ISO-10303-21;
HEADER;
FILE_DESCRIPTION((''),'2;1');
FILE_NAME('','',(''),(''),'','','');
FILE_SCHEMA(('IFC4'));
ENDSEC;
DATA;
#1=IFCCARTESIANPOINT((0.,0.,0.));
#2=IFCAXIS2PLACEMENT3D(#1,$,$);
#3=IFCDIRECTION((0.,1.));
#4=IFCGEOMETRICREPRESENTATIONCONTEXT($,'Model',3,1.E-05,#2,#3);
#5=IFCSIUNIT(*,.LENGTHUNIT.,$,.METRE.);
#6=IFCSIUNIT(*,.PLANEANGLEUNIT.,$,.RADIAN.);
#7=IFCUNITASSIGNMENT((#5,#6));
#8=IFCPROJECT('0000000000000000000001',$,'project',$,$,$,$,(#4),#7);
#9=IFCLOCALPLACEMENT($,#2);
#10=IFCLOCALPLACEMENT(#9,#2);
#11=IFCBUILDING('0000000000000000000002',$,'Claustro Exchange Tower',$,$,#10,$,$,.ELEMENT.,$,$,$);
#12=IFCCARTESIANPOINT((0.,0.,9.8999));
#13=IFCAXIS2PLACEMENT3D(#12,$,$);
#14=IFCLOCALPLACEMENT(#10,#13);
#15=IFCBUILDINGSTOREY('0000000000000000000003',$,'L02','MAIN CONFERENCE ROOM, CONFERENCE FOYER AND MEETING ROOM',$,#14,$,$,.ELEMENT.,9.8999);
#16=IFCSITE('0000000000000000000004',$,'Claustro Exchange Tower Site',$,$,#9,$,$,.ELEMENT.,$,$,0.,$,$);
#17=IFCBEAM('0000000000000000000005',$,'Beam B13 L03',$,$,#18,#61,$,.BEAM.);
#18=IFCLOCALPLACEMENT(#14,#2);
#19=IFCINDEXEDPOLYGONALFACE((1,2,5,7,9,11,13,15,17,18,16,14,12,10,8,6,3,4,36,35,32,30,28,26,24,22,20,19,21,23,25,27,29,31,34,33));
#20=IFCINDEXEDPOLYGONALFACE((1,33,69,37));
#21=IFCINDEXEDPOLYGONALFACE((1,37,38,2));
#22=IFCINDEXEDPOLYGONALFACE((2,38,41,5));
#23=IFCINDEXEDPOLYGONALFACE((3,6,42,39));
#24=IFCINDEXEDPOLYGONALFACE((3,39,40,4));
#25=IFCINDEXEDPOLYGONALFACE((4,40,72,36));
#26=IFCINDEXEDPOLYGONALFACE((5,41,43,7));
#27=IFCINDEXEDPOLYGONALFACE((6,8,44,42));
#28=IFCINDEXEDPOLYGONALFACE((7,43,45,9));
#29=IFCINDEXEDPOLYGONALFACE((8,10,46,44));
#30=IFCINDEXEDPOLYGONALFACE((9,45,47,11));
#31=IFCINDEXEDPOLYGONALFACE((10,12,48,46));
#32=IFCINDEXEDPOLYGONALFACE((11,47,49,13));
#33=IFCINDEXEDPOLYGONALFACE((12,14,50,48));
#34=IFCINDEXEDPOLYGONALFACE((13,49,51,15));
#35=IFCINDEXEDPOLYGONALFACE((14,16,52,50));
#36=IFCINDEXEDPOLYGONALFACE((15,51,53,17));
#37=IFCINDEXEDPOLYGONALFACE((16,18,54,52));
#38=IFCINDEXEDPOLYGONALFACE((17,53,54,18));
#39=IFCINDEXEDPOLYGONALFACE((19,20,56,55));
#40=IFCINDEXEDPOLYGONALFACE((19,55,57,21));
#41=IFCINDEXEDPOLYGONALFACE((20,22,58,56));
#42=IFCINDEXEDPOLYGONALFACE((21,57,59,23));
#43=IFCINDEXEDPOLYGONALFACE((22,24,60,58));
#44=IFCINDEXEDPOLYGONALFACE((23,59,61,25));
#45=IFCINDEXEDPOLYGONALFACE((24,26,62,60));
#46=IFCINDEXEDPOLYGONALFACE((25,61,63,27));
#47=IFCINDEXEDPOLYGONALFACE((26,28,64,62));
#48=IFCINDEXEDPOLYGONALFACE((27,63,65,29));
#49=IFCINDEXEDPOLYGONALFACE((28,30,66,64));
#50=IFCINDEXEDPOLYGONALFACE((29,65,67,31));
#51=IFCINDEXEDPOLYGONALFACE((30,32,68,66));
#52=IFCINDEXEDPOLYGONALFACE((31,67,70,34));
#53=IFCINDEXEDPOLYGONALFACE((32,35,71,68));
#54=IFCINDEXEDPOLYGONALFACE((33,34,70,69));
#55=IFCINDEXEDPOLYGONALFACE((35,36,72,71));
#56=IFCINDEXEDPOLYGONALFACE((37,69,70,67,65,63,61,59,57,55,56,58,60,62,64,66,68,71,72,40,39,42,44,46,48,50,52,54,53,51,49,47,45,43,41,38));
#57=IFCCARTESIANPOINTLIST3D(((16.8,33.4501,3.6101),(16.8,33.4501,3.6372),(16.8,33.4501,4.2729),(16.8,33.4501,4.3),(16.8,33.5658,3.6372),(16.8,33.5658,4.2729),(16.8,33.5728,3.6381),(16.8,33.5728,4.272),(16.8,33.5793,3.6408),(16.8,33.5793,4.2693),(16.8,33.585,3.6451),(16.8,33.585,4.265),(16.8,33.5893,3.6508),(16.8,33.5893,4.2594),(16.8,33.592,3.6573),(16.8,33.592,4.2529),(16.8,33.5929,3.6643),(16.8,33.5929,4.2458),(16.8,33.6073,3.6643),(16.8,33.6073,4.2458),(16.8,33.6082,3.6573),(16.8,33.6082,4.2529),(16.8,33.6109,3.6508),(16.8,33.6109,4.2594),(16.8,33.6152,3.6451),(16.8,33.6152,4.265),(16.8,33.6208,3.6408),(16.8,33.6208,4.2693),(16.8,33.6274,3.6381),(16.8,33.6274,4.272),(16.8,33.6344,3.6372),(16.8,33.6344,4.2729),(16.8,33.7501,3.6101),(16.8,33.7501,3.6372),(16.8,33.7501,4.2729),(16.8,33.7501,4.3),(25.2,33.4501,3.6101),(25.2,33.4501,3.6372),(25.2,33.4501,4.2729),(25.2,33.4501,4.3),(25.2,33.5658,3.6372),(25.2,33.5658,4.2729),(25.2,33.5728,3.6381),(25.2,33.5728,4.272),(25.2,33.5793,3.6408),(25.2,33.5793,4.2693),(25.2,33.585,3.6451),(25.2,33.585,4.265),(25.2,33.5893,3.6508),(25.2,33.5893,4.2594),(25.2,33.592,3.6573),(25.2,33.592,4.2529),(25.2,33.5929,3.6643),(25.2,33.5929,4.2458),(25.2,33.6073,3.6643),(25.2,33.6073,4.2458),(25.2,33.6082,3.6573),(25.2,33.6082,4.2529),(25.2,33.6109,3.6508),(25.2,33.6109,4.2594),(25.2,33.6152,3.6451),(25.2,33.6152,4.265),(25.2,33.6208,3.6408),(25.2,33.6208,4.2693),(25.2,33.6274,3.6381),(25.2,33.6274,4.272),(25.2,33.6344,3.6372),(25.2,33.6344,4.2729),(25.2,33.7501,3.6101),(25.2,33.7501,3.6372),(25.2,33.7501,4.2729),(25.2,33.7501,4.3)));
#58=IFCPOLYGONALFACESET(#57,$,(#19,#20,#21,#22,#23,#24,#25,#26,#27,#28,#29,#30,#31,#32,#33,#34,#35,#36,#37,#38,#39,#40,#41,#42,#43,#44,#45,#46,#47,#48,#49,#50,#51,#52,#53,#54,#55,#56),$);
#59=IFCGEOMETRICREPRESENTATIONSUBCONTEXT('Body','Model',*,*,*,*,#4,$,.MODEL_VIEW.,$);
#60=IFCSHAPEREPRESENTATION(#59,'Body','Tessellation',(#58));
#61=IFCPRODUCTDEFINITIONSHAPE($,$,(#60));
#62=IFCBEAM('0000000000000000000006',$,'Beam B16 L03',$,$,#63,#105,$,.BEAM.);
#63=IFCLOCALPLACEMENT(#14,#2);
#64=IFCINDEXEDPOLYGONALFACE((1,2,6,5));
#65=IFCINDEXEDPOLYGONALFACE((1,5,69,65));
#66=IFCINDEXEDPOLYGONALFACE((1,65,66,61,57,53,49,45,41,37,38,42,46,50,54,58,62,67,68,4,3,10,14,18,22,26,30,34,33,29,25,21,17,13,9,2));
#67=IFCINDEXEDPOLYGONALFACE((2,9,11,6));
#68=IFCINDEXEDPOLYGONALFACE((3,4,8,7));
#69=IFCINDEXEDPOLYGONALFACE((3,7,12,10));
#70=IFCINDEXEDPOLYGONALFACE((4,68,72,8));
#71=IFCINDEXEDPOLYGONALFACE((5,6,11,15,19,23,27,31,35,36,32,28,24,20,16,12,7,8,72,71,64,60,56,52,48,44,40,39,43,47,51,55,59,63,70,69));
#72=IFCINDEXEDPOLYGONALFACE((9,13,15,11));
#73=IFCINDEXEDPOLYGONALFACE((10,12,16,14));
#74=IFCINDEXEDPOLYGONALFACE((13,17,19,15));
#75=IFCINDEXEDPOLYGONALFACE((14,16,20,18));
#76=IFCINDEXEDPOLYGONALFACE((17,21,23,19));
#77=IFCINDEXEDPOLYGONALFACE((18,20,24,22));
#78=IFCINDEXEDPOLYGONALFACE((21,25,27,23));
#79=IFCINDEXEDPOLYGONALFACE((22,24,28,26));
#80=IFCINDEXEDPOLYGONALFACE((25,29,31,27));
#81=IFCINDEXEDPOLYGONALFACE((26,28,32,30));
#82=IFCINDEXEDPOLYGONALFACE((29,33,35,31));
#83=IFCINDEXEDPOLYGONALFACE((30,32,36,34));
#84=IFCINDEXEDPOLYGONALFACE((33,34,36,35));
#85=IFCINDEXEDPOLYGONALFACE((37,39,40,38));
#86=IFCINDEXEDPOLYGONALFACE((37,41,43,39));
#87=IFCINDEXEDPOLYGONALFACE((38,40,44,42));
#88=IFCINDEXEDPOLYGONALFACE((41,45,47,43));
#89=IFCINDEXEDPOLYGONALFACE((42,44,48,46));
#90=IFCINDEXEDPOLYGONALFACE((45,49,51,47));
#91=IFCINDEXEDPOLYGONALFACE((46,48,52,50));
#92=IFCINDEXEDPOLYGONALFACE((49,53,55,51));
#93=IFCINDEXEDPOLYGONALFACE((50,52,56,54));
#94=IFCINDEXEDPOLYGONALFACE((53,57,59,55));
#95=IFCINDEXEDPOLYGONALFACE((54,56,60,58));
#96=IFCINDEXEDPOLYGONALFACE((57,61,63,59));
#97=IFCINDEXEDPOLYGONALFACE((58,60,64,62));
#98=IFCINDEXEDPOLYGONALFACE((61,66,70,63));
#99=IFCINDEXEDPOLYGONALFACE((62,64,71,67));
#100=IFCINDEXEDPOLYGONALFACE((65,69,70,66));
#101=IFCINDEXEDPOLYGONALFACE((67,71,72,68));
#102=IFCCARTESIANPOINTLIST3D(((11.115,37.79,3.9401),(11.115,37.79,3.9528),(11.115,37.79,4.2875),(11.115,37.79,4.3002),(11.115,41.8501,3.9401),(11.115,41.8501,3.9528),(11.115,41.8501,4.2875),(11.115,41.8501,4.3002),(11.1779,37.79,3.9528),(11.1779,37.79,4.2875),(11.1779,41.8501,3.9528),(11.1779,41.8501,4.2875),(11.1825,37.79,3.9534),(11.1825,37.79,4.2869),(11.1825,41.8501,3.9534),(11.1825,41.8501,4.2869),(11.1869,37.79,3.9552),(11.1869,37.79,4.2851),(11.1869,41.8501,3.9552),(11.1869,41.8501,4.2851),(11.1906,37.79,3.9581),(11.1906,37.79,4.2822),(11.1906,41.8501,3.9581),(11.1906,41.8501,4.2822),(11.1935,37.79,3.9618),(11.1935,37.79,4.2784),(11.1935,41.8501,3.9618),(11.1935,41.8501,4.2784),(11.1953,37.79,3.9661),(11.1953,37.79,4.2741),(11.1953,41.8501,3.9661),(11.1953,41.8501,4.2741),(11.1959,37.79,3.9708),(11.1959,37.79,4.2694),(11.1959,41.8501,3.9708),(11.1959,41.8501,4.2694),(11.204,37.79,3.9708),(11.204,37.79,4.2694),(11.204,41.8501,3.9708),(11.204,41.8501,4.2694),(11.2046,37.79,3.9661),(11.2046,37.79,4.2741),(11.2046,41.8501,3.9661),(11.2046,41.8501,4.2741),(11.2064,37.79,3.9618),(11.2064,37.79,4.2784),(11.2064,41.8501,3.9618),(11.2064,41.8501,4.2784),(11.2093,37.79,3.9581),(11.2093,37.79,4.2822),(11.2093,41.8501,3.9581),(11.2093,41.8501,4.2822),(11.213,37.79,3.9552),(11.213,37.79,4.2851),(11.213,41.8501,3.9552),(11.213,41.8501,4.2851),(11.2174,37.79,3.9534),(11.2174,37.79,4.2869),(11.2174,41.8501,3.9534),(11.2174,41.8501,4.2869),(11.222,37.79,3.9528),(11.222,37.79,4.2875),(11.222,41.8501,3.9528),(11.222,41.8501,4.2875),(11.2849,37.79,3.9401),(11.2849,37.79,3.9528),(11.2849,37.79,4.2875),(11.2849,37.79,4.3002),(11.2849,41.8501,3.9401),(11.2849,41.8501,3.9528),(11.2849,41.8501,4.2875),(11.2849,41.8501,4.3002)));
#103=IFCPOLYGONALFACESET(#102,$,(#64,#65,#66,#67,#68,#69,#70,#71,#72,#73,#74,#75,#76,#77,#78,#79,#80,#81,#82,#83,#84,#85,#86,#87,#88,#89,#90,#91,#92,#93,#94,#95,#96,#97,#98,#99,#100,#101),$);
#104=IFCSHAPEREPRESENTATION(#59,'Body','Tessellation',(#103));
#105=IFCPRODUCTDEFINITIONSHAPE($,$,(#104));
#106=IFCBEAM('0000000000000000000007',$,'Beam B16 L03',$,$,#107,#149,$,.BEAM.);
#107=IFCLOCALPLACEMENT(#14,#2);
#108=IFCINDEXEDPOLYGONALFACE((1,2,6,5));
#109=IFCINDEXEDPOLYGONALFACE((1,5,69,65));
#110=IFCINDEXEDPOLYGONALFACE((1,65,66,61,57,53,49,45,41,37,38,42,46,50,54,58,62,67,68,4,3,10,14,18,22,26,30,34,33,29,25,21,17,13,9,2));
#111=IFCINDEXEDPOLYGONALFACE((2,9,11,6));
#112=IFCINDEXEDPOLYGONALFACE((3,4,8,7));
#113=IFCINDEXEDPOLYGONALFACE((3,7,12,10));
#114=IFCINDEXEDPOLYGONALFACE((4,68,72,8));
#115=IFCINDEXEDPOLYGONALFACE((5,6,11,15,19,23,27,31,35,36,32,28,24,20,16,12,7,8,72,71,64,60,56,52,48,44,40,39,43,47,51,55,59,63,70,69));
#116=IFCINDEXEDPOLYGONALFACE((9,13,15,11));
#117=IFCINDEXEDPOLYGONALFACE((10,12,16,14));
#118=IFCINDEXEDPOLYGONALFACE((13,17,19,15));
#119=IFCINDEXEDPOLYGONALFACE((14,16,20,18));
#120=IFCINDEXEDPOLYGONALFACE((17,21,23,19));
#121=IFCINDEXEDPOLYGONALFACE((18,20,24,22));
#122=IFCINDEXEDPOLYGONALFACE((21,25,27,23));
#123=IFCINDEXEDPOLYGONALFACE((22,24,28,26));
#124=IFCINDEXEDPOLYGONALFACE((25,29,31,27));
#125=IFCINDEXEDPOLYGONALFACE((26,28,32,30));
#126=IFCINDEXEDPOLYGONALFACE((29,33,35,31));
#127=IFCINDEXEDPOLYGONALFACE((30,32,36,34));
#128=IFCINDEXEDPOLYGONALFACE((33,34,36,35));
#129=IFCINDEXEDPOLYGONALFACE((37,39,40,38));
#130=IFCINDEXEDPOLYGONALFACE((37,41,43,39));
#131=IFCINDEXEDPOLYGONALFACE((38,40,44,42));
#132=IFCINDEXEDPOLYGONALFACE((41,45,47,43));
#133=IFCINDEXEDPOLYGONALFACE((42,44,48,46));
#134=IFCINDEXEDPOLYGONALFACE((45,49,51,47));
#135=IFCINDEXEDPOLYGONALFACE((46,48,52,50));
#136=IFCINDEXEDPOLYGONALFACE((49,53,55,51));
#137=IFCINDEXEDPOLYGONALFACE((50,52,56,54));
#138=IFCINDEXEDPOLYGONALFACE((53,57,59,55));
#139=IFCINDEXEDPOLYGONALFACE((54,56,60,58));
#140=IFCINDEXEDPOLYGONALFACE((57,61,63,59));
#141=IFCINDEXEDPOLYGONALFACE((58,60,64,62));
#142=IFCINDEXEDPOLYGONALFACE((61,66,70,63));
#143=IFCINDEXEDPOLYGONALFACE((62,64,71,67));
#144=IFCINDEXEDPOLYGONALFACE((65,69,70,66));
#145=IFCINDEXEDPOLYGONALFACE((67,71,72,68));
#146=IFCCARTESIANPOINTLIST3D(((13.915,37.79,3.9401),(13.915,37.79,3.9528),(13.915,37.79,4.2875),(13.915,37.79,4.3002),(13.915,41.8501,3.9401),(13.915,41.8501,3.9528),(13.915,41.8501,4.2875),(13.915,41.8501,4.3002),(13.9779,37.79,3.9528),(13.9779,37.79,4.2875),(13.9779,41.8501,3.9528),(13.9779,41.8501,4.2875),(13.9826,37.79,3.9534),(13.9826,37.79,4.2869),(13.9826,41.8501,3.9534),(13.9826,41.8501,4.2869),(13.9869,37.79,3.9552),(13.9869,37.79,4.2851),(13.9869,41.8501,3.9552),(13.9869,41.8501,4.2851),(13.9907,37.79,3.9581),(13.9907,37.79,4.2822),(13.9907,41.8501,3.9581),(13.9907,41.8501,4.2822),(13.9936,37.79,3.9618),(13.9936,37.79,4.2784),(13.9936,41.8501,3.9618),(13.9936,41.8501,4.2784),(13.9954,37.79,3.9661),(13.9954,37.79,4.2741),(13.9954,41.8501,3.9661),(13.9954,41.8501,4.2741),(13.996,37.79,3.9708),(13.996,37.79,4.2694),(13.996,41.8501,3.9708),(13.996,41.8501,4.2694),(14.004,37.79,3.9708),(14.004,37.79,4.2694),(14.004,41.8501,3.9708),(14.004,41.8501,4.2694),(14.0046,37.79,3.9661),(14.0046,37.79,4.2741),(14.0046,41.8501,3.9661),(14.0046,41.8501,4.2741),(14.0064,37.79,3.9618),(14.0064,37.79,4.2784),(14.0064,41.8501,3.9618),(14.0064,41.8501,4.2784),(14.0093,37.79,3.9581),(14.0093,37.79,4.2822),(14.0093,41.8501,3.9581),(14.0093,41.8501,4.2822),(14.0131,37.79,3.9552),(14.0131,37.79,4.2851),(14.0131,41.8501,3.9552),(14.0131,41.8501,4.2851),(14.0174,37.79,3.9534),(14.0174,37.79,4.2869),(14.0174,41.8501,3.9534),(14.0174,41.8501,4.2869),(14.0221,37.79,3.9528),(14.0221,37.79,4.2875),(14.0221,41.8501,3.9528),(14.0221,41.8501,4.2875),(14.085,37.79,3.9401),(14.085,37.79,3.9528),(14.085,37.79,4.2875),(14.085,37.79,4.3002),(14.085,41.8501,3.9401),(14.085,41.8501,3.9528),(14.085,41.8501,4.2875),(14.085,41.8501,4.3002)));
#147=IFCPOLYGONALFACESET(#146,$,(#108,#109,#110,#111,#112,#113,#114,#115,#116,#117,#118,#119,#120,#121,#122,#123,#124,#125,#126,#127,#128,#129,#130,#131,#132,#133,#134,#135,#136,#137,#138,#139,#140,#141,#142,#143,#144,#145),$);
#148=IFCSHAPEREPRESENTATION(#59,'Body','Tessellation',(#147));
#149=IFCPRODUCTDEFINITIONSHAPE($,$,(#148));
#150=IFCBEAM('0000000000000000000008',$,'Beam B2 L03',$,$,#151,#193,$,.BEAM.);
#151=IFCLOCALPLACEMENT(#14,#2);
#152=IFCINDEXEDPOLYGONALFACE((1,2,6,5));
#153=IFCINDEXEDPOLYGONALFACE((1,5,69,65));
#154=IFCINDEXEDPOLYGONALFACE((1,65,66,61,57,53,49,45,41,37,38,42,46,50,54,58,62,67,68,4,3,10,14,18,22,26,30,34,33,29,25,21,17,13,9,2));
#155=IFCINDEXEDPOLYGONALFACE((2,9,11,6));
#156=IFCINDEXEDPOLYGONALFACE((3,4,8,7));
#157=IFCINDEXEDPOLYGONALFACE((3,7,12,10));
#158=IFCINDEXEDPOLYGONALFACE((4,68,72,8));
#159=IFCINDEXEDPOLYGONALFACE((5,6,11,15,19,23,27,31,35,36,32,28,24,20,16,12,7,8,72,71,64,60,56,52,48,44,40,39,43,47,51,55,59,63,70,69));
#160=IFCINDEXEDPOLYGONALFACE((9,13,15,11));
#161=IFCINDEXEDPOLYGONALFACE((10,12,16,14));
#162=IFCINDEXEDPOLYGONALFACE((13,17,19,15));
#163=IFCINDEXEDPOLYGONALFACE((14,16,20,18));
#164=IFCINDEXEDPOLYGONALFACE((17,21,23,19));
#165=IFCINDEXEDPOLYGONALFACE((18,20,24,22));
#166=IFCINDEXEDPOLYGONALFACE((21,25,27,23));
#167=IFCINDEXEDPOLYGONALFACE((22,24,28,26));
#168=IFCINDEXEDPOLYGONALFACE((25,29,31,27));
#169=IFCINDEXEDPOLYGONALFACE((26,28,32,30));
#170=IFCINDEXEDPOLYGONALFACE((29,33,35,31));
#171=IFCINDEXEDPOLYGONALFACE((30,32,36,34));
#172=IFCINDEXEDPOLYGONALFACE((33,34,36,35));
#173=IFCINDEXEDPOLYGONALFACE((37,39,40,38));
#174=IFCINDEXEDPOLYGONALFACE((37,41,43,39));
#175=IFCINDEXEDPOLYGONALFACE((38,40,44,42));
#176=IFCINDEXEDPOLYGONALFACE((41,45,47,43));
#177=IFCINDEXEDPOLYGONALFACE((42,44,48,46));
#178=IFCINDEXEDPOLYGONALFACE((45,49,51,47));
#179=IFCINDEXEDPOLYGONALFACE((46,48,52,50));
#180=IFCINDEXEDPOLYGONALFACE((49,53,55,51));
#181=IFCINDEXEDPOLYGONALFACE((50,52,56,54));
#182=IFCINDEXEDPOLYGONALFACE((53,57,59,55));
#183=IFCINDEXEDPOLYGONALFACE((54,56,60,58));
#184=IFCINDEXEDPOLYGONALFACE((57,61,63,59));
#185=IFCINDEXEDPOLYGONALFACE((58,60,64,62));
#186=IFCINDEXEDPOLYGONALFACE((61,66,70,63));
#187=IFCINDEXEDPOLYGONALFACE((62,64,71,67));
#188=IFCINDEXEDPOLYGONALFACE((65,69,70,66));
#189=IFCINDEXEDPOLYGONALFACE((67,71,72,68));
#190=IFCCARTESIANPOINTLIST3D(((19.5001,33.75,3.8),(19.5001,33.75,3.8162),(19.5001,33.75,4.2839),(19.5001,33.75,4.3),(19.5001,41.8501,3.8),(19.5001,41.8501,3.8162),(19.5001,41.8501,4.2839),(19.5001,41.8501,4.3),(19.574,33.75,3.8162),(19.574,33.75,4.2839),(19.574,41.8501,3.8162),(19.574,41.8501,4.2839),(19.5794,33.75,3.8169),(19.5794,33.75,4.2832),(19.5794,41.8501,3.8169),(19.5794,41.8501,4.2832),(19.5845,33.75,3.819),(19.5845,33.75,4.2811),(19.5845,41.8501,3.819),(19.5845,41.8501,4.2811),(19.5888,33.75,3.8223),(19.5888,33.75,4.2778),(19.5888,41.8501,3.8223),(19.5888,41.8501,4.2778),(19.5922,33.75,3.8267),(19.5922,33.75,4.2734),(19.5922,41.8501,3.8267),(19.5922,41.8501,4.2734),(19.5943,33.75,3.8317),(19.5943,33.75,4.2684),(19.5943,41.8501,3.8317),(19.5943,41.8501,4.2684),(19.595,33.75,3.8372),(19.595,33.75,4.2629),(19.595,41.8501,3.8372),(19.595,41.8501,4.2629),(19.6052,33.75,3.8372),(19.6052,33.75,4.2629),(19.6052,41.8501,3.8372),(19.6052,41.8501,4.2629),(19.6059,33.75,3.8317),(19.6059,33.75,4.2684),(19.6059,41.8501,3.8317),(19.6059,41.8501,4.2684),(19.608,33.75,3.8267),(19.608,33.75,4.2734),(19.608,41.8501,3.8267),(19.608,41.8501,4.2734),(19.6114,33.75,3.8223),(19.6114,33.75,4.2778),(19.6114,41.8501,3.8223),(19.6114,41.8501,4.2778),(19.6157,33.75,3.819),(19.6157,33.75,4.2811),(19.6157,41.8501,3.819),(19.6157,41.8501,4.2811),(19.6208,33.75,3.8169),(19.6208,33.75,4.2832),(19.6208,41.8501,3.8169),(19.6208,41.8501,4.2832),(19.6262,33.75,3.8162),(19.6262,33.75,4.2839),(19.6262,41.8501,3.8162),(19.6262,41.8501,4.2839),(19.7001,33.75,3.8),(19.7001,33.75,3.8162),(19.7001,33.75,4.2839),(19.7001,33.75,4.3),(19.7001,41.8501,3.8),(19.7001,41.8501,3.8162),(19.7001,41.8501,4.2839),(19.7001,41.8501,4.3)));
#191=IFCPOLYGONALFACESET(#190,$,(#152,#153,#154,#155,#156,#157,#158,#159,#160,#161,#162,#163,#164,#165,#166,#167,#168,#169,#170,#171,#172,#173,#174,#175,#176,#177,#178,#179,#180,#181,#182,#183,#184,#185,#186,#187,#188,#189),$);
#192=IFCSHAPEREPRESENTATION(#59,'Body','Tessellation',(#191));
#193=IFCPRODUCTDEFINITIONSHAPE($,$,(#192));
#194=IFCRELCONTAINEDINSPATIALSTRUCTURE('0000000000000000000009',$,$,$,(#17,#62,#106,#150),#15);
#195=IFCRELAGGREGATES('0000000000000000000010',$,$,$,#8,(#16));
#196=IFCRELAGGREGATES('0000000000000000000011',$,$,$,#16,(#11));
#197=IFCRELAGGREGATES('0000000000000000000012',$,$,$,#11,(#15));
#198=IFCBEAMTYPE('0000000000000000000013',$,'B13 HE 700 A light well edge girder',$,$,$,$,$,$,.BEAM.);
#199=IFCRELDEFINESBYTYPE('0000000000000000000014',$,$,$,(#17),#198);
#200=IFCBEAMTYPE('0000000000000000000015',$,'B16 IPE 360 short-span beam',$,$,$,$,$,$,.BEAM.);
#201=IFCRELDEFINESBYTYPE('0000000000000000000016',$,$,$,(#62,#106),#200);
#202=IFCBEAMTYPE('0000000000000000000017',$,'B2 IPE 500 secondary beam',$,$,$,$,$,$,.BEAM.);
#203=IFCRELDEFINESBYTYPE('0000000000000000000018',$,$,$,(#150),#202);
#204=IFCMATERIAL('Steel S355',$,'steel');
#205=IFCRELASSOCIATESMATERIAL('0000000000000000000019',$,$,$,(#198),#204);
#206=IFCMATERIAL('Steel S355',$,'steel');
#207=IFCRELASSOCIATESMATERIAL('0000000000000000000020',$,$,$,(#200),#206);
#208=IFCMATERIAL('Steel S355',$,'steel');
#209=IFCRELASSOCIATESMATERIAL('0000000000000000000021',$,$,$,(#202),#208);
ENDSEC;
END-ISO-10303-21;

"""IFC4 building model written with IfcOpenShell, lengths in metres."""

from ifc_helpers import new_model, si_unit, direction, frame, origin, origin_2d, place, context, subcontext, project, spatial, i_section, extrude, material, material_profile, profile_set, type_object, element, save


model = new_model("IFC4")

# Units and contexts
model_context = context("Model", 3, precision=1e-05, world=origin(), true_north=direction((0.0, 1.0)))
body_context = subcontext(model_context, "Body", "Model", "MODEL_VIEW")
ifc_project = project(units=[si_unit("LENGTHUNIT", "METRE"), si_unit("PLANEANGLEUNIT", "RADIAN")], contexts=[model_context])

# Site, building, storey
site_placement = place(None, origin())
site = spatial("IfcSite", under=ifc_project, at=site_placement, Name="Claustro Exchange Tower Site", CompositionType="ELEMENT", RefElevation=0.0)
building_placement = place(site_placement, origin())
building = spatial("IfcBuilding", under=site, at=building_placement, Name="Claustro Exchange Tower", CompositionType="ELEMENT")
storey_placement = place(building_placement, frame((0.0, 0.0, 9.8999)))
storey = spatial("IfcBuildingStorey", under=building, at=storey_placement, Name="L02", Description="MAIN CONFERENCE ROOM, CONFERENCE FOYER AND MEETING ROOM", CompositionType="ELEMENT", Elevation=9.8999)

# Beams
ifc_material_1 = material(Name="Steel S355", Category="steel")
ifc_material_profile_1 = material_profile(ifc_material_1, i_section(OverallWidth=0.3, OverallDepth=0.6899, WebThickness=0.0144, FlangeThickness=0.0271, FilletRadius=0.0271, at=origin_2d()), Name="HE 700 A")
ifc_profile_set_1 = profile_set([ifc_material_profile_1], Name="Steel S355")
beam_type_1 = type_object("IfcBeamType", Name="B13 HE 700 A light well edge girder", PredefinedType="BEAM", material=ifc_profile_set_1)
beam_1_placement = place(storey_placement, frame((16.8, 33.6001, 3.9551), z_axis=(1.0, 0.0, 0.0), x_axis=(0.0, 1.0, 0.0)))
element("IfcBeam", 1, at=beam_1_placement, inside=storey, type_object=beam_type_1, Name="Beam B13 L03", PredefinedType="BEAM", context=body_context, shape_type="SweptSolid", body=[
    extrude(i_section(OverallWidth=0.3, OverallDepth=0.6899, WebThickness=0.0144, FlangeThickness=0.0271, FilletRadius=0.0271, at=origin_2d()), origin(), (0.0, 0.0, 1.0), 8.3999),
])
ifc_material_2 = material(Name="Steel S355", Category="steel")
ifc_material_profile_2 = material_profile(ifc_material_2, i_section(OverallWidth=0.1699, OverallDepth=0.3601, WebThickness=0.0081, FlangeThickness=0.0127, FilletRadius=0.0181, at=origin_2d()), Name="IPE 360")
ifc_profile_set_2 = profile_set([ifc_material_profile_2], Name="Steel S355")
beam_type_2 = type_object("IfcBeamType", Name="B16 IPE 360 short-span beam", PredefinedType="BEAM", material=ifc_profile_set_2)
for number, where, z_axis, x_axis, name in (
    (2, (11.2, 37.79, 4.1201), (0.0, 1.0, 0.0), (-1.0, 0.0, 0.0), "Beam B16 L03"),
    (3, (14.0, 37.79, 4.1201), (0.0, 1.0, 0.0), (-1.0, 0.0, 0.0), "Beam B16 L03"),
):
    element("IfcBeam", number, at=place(storey_placement, frame(where, z_axis=z_axis, x_axis=x_axis)), inside=storey, type_object=beam_type_2, Name=name, PredefinedType="BEAM", context=body_context, shape_type="SweptSolid", body=[
        extrude(i_section(OverallWidth=0.1699, OverallDepth=0.3601, WebThickness=0.0081, FlangeThickness=0.0127, FilletRadius=0.0181, at=origin_2d()), origin(), (0.0, 0.0, 1.0), 4.0601),
    ])
ifc_material_3 = material(Name="Steel S355", Category="steel")
ifc_material_profile_3 = material_profile(ifc_material_3, i_section(OverallWidth=0.2, OverallDepth=0.5, WebThickness=0.0103, FlangeThickness=0.0161, FilletRadius=0.021, at=origin_2d()), Name="IPE 500")
ifc_profile_set_3 = profile_set([ifc_material_profile_3], Name="Steel S355")
beam_type_3 = type_object("IfcBeamType", Name="B2 IPE 500 secondary beam", PredefinedType="BEAM", material=ifc_profile_set_3)
beam_2_placement = place(storey_placement, frame((19.6001, 33.75, 4.05), z_axis=(0.0, 1.0, 0.0), x_axis=(-1.0, 0.0, 0.0)))
element("IfcBeam", 4, at=beam_2_placement, inside=storey, type_object=beam_type_3, Name="Beam B2 L03", PredefinedType="BEAM", context=body_context, shape_type="SweptSolid", body=[
    extrude(i_section(OverallWidth=0.2, OverallDepth=0.5, WebThickness=0.0103, FlangeThickness=0.0161, FilletRadius=0.021, at=origin_2d()), origin(), (0.0, 0.0, 1.0), 8.1001),
])

save(model, "model.ifc")
